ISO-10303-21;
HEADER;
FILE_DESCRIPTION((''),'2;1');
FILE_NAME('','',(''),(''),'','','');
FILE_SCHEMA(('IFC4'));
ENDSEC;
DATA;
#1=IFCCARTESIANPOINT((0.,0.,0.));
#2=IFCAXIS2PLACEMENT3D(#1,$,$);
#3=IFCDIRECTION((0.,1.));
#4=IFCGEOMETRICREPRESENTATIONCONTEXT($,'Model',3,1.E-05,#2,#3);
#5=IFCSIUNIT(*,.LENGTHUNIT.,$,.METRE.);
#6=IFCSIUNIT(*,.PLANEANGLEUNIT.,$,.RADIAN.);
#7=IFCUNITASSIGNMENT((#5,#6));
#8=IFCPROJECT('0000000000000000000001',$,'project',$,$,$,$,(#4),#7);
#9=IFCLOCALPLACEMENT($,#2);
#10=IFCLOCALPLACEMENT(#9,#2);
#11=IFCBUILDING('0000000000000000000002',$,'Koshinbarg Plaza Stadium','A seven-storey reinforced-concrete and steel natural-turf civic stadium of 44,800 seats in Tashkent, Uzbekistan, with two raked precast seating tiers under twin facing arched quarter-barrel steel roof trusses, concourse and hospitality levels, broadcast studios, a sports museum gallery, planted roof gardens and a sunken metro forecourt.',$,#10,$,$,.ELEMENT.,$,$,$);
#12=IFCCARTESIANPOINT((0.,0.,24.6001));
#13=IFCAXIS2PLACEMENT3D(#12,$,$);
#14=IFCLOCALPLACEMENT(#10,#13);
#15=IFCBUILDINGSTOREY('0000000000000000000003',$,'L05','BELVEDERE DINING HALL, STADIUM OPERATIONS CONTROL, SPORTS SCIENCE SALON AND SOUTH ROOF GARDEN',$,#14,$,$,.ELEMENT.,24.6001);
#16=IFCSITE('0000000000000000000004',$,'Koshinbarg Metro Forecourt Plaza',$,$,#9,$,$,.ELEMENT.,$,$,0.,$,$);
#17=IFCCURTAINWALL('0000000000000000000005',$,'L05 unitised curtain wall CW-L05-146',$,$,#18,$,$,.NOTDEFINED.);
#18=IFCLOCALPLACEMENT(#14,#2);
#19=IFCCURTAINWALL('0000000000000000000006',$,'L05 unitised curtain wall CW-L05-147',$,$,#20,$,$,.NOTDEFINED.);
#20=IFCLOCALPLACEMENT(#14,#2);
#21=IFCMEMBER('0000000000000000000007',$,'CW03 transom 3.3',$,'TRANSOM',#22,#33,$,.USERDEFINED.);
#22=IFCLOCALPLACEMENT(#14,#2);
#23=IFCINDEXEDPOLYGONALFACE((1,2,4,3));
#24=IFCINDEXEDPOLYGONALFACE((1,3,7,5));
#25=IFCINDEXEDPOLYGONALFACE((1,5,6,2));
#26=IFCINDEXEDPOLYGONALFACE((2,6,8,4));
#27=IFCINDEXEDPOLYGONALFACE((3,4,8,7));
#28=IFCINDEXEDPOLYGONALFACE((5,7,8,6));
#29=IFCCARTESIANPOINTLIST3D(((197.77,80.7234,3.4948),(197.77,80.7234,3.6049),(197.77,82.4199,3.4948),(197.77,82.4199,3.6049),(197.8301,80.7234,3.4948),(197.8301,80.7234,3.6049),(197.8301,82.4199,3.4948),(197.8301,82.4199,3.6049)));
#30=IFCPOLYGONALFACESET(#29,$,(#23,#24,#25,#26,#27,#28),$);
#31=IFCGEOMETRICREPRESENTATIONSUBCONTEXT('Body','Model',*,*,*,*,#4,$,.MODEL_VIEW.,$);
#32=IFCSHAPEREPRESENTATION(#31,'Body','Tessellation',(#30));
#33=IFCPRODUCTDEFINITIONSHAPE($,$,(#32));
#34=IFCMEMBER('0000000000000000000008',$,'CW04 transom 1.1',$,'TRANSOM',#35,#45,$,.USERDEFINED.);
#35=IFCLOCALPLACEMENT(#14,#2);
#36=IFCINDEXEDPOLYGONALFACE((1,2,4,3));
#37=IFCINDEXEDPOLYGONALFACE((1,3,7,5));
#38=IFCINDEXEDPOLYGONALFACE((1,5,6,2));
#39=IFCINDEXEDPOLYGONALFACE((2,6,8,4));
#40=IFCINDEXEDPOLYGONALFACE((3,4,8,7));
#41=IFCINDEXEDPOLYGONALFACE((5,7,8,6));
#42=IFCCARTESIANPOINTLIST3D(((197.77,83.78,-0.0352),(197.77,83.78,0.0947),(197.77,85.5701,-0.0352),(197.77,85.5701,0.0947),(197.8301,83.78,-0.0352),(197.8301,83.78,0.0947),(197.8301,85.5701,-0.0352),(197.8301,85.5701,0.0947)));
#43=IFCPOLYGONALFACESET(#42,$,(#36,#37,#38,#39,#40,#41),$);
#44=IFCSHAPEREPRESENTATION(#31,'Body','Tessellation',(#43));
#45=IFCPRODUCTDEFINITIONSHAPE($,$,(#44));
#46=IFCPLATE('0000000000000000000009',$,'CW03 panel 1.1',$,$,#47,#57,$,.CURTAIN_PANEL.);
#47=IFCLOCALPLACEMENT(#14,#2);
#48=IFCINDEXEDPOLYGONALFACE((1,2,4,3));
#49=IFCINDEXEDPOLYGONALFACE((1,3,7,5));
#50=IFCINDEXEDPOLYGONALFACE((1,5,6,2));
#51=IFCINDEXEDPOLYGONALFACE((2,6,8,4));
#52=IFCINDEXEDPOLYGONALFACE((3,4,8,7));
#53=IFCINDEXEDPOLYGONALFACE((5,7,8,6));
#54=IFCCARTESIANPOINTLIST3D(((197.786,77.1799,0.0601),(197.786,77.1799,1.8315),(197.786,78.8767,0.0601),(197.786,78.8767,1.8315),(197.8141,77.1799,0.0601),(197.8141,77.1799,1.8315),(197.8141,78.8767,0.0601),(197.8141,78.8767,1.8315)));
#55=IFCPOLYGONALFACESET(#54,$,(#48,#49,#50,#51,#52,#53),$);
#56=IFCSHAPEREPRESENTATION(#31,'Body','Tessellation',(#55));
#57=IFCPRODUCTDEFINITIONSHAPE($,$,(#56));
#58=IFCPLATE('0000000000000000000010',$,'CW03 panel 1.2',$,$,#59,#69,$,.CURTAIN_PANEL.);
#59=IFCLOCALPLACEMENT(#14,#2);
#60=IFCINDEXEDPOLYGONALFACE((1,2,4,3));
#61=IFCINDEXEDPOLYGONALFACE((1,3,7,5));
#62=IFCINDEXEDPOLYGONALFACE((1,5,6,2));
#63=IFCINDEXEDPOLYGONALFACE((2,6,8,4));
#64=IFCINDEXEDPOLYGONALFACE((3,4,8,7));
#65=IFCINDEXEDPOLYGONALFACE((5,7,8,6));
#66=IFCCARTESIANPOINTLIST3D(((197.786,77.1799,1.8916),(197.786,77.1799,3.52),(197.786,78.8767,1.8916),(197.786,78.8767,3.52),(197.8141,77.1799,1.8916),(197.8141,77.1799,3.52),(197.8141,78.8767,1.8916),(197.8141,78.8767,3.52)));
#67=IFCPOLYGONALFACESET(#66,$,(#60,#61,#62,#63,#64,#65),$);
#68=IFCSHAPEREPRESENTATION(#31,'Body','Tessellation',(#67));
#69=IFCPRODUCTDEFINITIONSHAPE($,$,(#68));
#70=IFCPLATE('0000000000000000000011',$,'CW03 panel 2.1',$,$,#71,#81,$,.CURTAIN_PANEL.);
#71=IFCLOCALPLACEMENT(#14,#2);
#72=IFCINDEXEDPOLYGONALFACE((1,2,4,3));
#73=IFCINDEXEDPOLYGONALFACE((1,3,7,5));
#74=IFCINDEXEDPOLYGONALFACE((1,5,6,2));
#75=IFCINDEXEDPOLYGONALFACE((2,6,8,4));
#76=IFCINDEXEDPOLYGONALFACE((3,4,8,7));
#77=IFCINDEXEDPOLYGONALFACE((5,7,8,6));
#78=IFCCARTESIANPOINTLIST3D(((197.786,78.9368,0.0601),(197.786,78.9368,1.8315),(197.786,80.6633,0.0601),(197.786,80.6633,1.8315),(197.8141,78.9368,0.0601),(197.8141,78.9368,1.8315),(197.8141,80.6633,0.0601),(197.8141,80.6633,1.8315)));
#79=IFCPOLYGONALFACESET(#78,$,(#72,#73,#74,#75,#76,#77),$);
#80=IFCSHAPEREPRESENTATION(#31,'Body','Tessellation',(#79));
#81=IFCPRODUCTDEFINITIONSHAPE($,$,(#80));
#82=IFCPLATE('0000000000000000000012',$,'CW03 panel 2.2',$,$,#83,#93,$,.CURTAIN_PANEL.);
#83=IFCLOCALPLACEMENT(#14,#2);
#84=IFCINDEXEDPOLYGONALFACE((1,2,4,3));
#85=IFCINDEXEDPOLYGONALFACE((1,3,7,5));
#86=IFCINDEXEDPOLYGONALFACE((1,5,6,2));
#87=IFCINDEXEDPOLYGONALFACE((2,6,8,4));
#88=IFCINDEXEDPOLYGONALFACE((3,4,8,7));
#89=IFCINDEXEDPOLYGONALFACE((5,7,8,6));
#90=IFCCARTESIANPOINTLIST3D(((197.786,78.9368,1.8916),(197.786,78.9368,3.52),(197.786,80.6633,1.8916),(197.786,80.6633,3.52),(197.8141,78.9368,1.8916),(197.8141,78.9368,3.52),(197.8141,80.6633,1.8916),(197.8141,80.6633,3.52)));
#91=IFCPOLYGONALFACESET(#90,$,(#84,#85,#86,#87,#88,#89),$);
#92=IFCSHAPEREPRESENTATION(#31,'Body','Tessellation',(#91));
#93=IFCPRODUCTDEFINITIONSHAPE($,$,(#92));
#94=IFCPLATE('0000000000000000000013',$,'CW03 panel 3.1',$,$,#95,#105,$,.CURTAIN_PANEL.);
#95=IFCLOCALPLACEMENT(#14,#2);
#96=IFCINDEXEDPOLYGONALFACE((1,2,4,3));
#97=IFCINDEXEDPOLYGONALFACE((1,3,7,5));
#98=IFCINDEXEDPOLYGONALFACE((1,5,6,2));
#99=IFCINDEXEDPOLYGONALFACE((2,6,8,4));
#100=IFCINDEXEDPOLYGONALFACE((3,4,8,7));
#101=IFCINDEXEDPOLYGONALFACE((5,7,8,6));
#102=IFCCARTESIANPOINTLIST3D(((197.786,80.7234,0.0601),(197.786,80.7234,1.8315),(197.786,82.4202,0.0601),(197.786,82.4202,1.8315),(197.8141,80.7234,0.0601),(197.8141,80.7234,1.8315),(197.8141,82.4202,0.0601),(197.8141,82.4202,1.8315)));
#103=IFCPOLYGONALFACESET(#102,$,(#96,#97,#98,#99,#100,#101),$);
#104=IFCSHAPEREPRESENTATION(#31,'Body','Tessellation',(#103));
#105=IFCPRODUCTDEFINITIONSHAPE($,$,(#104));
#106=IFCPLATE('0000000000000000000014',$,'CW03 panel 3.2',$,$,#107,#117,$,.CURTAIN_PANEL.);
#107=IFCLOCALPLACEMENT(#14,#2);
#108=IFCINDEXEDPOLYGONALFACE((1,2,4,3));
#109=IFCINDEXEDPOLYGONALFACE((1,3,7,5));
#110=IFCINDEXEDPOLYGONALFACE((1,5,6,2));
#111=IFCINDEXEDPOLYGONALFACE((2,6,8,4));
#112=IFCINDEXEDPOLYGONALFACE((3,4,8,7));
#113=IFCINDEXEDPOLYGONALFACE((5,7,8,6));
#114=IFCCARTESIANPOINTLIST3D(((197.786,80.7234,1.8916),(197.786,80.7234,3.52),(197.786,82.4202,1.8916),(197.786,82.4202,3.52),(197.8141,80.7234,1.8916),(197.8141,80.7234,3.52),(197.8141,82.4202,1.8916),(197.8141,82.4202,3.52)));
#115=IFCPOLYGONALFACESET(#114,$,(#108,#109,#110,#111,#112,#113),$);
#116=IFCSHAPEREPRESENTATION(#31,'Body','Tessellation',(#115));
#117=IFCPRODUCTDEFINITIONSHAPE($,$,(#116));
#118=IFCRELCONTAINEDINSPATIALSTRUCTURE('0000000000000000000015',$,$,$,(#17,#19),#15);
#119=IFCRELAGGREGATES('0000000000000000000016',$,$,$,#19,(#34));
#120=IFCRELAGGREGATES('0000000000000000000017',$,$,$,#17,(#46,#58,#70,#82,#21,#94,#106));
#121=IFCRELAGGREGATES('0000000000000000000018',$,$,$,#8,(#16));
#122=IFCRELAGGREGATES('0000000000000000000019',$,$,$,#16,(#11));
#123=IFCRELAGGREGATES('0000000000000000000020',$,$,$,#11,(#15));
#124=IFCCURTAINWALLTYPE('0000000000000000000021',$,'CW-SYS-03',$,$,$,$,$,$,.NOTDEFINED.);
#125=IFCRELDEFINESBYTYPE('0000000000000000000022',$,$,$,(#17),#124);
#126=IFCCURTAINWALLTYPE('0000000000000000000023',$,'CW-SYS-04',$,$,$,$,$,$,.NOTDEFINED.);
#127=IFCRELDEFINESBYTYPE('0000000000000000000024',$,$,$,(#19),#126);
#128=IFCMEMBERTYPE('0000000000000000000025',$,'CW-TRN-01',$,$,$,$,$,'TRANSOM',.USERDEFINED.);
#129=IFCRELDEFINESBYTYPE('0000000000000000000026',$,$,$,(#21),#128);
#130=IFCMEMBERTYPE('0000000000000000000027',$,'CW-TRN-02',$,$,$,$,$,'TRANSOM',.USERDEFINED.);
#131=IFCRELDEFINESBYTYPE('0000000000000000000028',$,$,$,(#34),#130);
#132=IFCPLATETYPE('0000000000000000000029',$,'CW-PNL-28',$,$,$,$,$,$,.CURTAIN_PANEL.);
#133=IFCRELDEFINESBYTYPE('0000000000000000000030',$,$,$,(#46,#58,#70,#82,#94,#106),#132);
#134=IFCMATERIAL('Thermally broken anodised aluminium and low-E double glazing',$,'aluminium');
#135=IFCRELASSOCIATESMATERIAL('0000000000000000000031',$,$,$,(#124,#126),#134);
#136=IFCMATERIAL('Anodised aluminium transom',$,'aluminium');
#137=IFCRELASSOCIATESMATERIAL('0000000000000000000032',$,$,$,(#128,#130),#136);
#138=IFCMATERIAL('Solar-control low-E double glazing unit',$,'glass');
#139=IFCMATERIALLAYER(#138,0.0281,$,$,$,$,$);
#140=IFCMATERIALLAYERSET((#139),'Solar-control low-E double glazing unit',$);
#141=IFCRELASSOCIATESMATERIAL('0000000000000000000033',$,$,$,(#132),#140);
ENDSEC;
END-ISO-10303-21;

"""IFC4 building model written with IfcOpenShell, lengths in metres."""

from ifc_helpers import new_model, si_unit, direction, frame, origin, origin_2d, place, context, subcontext, project, spatial, rectangle, extrude, material, layer, layer_set, material_profile, profile_set, type_object, element, aggregate, save


model = new_model("IFC4")

# Units and contexts
model_context = context("Model", 3, precision=1e-05, world=origin(), true_north=direction((0.0, 1.0)))
body_context = subcontext(model_context, "Body", "Model", "MODEL_VIEW")
ifc_project = project(units=[si_unit("LENGTHUNIT", "METRE"), si_unit("PLANEANGLEUNIT", "RADIAN")], contexts=[model_context])

# Site, building, storey
site_placement = place(None, origin())
site = spatial("IfcSite", under=ifc_project, at=site_placement, Name="Koshinbarg Metro Forecourt Plaza", CompositionType="ELEMENT", RefElevation=0.0)
building_placement = place(site_placement, origin())
building = spatial("IfcBuilding", under=site, at=building_placement, Name="Koshinbarg Plaza Stadium", Description="A seven-storey reinforced-concrete and steel natural-turf civic stadium of 44,800 seats in Tashkent, Uzbekistan, with two raked precast seating tiers under twin facing arched quarter-barrel steel roof trusses, concourse and hospitality levels, broadcast studios, a sports museum gallery, planted roof gardens and a sunken metro forecourt.", CompositionType="ELEMENT")
storey_placement = place(building_placement, frame((0.0, 0.0, 24.6001)))
storey = spatial("IfcBuildingStorey", under=building, at=storey_placement, Name="L05", Description="BELVEDERE DINING HALL, STADIUM OPERATIONS CONTROL, SPORTS SCIENCE SALON AND SOUTH ROOF GARDEN", CompositionType="ELEMENT", Elevation=24.6001)

# Shared definitions
ifc_material_1 = material(Name="Thermally broken anodised aluminium and low-E double glazing", Category="aluminium")

# Curtain wall
curtain_wall_type_1 = type_object("IfcCurtainWallType", Name="CW-SYS-03", PredefinedType="NOTDEFINED", material=ifc_material_1)
curtain_wall_1_placement = place(storey_placement, origin())
curtain_wall_1 = element("IfcCurtainWall", 1, at=curtain_wall_1_placement, inside=storey, type_object=curtain_wall_type_1, Name="L05 unitised curtain wall CW-L05-146", PredefinedType="NOTDEFINED")

# Curtain wall
curtain_wall_type_2 = type_object("IfcCurtainWallType", Name="CW-SYS-04", PredefinedType="NOTDEFINED", material=ifc_material_1)
curtain_wall_2_placement = place(storey_placement, origin())
curtain_wall_2 = element("IfcCurtainWall", 2, at=curtain_wall_2_placement, inside=storey, type_object=curtain_wall_type_2, Name="L05 unitised curtain wall CW-L05-147", PredefinedType="NOTDEFINED")

# Members
ifc_material_2 = material(Name="Anodised aluminium transom", Category="aluminium")
ifc_material_profile_1 = material_profile(ifc_material_2, rectangle(XDim=0.0601, YDim=0.1101, at=origin_2d()), Name="ALU 60x110")
ifc_profile_set_1 = profile_set([ifc_material_profile_1], Name="Anodised aluminium transom")
member_type_1 = type_object("IfcMemberType", Name="CW-TRN-01", ElementType="TRANSOM", PredefinedType="USERDEFINED", material=ifc_profile_set_1)
member_1_placement = place(storey_placement, frame((197.8, 80.7234, 3.5498), z_axis=(0.0, 1.0, 0.0), x_axis=(-1.0, 0.0, 0.0)))
member_1 = element("IfcMember", 3, at=member_1_placement, type_object=member_type_1, Name="CW03 transom 3.3", ObjectType="TRANSOM", PredefinedType="USERDEFINED", context=body_context, shape_type="SweptSolid", body=[
    extrude(rectangle(XDim=0.0601, YDim=0.1101, at=origin_2d()), origin(), (0.0, 0.0, 1.0), 1.6965),
])
ifc_material_profile_2 = material_profile(ifc_material_2, rectangle(XDim=0.0601, YDim=0.1299, at=origin_2d()), Name="ALU 60x130")
ifc_profile_set_2 = profile_set([ifc_material_profile_2], Name="Anodised aluminium transom")
member_type_2 = type_object("IfcMemberType", Name="CW-TRN-02", ElementType="TRANSOM", PredefinedType="USERDEFINED", material=ifc_profile_set_2)
member_2_placement = place(storey_placement, frame((197.8, 83.78, 0.0298), z_axis=(0.0, 1.0, 0.0), x_axis=(-1.0, 0.0, 0.0)))
member_2 = element("IfcMember", 4, at=member_2_placement, type_object=member_type_2, Name="CW04 transom 1.1", ObjectType="TRANSOM", PredefinedType="USERDEFINED", context=body_context, shape_type="SweptSolid", body=[
    extrude(rectangle(XDim=0.0601, YDim=0.1299, at=origin_2d()), origin(), (0.0, 0.0, 1.0), 1.79),
])
aggregate(curtain_wall_2, [member_2])

# Plates
ifc_material_3 = material(Name="Solar-control low-E double glazing unit", Category="glass")
ifc_layer = layer(ifc_material_3, 0.0281)
ifc_layer_set = layer_set([ifc_layer], Name="Solar-control low-E double glazing unit")
plate_type = type_object("IfcPlateType", Name="CW-PNL-28", PredefinedType="CURTAIN_PANEL", material=ifc_layer_set)
plate_1_placement = place(storey_placement, frame((197.8, 78.0283, 0.0601), z_axis=(0.0, 0.0, 1.0), x_axis=(0.0, 1.0, 0.0)))
plate_1 = element("IfcPlate", 5, at=plate_1_placement, type_object=plate_type, Name="CW03 panel 1.1", PredefinedType="CURTAIN_PANEL", context=body_context, shape_type="SweptSolid", body=[
    extrude(rectangle(XDim=1.6968, YDim=0.0281, at=origin_2d()), origin(), (0.0, 0.0, 1.0), 1.7715),
])
plate_2_placement = place(storey_placement, frame((197.8, 78.0283, 1.8916), z_axis=(0.0, 0.0, 1.0), x_axis=(0.0, 1.0, 0.0)))
plate_2 = element("IfcPlate", 6, at=plate_2_placement, type_object=plate_type, Name="CW03 panel 1.2", PredefinedType="CURTAIN_PANEL", context=body_context, shape_type="SweptSolid", body=[
    extrude(rectangle(XDim=1.6968, YDim=0.0281, at=origin_2d()), origin(), (0.0, 0.0, 1.0), 1.6284),
])
plate_3_placement = place(storey_placement, frame((197.8, 79.8, 0.0601), z_axis=(0.0, 0.0, 1.0), x_axis=(0.0, 1.0, 0.0)))
plate_3 = element("IfcPlate", 7, at=plate_3_placement, type_object=plate_type, Name="CW03 panel 2.1", PredefinedType="CURTAIN_PANEL", context=body_context, shape_type="SweptSolid", body=[
    extrude(rectangle(XDim=1.7266, YDim=0.0281, at=origin_2d()), origin(), (0.0, 0.0, 1.0), 1.7715),
])
plate_4_placement = place(storey_placement, frame((197.8, 79.8, 1.8916), z_axis=(0.0, 0.0, 1.0), x_axis=(0.0, 1.0, 0.0)))
plate_4 = element("IfcPlate", 8, at=plate_4_placement, type_object=plate_type, Name="CW03 panel 2.2", PredefinedType="CURTAIN_PANEL", context=body_context, shape_type="SweptSolid", body=[
    extrude(rectangle(XDim=1.7266, YDim=0.0281, at=origin_2d()), origin(), (0.0, 0.0, 1.0), 1.6284),
])
plate_5_placement = place(storey_placement, frame((197.8, 81.5718, 0.0601), z_axis=(0.0, 0.0, 1.0), x_axis=(0.0, 1.0, 0.0)))
plate_5 = element("IfcPlate", 9, at=plate_5_placement, type_object=plate_type, Name="CW03 panel 3.1", PredefinedType="CURTAIN_PANEL", context=body_context, shape_type="SweptSolid", body=[
    extrude(rectangle(XDim=1.6968, YDim=0.0281, at=origin_2d()), origin(), (0.0, 0.0, 1.0), 1.7715),
])
plate_6_placement = place(storey_placement, frame((197.8, 81.5718, 1.8916), z_axis=(0.0, 0.0, 1.0), x_axis=(0.0, 1.0, 0.0)))
plate_6 = element("IfcPlate", 10, at=plate_6_placement, type_object=plate_type, Name="CW03 panel 3.2", PredefinedType="CURTAIN_PANEL", context=body_context, shape_type="SweptSolid", body=[
    extrude(rectangle(XDim=1.6968, YDim=0.0281, at=origin_2d()), origin(), (0.0, 0.0, 1.0), 1.6284),
])
aggregate(curtain_wall_1, [plate_1, plate_2, plate_3, plate_4, member_1, plate_5, plate_6])

save(model, "model.ifc")
